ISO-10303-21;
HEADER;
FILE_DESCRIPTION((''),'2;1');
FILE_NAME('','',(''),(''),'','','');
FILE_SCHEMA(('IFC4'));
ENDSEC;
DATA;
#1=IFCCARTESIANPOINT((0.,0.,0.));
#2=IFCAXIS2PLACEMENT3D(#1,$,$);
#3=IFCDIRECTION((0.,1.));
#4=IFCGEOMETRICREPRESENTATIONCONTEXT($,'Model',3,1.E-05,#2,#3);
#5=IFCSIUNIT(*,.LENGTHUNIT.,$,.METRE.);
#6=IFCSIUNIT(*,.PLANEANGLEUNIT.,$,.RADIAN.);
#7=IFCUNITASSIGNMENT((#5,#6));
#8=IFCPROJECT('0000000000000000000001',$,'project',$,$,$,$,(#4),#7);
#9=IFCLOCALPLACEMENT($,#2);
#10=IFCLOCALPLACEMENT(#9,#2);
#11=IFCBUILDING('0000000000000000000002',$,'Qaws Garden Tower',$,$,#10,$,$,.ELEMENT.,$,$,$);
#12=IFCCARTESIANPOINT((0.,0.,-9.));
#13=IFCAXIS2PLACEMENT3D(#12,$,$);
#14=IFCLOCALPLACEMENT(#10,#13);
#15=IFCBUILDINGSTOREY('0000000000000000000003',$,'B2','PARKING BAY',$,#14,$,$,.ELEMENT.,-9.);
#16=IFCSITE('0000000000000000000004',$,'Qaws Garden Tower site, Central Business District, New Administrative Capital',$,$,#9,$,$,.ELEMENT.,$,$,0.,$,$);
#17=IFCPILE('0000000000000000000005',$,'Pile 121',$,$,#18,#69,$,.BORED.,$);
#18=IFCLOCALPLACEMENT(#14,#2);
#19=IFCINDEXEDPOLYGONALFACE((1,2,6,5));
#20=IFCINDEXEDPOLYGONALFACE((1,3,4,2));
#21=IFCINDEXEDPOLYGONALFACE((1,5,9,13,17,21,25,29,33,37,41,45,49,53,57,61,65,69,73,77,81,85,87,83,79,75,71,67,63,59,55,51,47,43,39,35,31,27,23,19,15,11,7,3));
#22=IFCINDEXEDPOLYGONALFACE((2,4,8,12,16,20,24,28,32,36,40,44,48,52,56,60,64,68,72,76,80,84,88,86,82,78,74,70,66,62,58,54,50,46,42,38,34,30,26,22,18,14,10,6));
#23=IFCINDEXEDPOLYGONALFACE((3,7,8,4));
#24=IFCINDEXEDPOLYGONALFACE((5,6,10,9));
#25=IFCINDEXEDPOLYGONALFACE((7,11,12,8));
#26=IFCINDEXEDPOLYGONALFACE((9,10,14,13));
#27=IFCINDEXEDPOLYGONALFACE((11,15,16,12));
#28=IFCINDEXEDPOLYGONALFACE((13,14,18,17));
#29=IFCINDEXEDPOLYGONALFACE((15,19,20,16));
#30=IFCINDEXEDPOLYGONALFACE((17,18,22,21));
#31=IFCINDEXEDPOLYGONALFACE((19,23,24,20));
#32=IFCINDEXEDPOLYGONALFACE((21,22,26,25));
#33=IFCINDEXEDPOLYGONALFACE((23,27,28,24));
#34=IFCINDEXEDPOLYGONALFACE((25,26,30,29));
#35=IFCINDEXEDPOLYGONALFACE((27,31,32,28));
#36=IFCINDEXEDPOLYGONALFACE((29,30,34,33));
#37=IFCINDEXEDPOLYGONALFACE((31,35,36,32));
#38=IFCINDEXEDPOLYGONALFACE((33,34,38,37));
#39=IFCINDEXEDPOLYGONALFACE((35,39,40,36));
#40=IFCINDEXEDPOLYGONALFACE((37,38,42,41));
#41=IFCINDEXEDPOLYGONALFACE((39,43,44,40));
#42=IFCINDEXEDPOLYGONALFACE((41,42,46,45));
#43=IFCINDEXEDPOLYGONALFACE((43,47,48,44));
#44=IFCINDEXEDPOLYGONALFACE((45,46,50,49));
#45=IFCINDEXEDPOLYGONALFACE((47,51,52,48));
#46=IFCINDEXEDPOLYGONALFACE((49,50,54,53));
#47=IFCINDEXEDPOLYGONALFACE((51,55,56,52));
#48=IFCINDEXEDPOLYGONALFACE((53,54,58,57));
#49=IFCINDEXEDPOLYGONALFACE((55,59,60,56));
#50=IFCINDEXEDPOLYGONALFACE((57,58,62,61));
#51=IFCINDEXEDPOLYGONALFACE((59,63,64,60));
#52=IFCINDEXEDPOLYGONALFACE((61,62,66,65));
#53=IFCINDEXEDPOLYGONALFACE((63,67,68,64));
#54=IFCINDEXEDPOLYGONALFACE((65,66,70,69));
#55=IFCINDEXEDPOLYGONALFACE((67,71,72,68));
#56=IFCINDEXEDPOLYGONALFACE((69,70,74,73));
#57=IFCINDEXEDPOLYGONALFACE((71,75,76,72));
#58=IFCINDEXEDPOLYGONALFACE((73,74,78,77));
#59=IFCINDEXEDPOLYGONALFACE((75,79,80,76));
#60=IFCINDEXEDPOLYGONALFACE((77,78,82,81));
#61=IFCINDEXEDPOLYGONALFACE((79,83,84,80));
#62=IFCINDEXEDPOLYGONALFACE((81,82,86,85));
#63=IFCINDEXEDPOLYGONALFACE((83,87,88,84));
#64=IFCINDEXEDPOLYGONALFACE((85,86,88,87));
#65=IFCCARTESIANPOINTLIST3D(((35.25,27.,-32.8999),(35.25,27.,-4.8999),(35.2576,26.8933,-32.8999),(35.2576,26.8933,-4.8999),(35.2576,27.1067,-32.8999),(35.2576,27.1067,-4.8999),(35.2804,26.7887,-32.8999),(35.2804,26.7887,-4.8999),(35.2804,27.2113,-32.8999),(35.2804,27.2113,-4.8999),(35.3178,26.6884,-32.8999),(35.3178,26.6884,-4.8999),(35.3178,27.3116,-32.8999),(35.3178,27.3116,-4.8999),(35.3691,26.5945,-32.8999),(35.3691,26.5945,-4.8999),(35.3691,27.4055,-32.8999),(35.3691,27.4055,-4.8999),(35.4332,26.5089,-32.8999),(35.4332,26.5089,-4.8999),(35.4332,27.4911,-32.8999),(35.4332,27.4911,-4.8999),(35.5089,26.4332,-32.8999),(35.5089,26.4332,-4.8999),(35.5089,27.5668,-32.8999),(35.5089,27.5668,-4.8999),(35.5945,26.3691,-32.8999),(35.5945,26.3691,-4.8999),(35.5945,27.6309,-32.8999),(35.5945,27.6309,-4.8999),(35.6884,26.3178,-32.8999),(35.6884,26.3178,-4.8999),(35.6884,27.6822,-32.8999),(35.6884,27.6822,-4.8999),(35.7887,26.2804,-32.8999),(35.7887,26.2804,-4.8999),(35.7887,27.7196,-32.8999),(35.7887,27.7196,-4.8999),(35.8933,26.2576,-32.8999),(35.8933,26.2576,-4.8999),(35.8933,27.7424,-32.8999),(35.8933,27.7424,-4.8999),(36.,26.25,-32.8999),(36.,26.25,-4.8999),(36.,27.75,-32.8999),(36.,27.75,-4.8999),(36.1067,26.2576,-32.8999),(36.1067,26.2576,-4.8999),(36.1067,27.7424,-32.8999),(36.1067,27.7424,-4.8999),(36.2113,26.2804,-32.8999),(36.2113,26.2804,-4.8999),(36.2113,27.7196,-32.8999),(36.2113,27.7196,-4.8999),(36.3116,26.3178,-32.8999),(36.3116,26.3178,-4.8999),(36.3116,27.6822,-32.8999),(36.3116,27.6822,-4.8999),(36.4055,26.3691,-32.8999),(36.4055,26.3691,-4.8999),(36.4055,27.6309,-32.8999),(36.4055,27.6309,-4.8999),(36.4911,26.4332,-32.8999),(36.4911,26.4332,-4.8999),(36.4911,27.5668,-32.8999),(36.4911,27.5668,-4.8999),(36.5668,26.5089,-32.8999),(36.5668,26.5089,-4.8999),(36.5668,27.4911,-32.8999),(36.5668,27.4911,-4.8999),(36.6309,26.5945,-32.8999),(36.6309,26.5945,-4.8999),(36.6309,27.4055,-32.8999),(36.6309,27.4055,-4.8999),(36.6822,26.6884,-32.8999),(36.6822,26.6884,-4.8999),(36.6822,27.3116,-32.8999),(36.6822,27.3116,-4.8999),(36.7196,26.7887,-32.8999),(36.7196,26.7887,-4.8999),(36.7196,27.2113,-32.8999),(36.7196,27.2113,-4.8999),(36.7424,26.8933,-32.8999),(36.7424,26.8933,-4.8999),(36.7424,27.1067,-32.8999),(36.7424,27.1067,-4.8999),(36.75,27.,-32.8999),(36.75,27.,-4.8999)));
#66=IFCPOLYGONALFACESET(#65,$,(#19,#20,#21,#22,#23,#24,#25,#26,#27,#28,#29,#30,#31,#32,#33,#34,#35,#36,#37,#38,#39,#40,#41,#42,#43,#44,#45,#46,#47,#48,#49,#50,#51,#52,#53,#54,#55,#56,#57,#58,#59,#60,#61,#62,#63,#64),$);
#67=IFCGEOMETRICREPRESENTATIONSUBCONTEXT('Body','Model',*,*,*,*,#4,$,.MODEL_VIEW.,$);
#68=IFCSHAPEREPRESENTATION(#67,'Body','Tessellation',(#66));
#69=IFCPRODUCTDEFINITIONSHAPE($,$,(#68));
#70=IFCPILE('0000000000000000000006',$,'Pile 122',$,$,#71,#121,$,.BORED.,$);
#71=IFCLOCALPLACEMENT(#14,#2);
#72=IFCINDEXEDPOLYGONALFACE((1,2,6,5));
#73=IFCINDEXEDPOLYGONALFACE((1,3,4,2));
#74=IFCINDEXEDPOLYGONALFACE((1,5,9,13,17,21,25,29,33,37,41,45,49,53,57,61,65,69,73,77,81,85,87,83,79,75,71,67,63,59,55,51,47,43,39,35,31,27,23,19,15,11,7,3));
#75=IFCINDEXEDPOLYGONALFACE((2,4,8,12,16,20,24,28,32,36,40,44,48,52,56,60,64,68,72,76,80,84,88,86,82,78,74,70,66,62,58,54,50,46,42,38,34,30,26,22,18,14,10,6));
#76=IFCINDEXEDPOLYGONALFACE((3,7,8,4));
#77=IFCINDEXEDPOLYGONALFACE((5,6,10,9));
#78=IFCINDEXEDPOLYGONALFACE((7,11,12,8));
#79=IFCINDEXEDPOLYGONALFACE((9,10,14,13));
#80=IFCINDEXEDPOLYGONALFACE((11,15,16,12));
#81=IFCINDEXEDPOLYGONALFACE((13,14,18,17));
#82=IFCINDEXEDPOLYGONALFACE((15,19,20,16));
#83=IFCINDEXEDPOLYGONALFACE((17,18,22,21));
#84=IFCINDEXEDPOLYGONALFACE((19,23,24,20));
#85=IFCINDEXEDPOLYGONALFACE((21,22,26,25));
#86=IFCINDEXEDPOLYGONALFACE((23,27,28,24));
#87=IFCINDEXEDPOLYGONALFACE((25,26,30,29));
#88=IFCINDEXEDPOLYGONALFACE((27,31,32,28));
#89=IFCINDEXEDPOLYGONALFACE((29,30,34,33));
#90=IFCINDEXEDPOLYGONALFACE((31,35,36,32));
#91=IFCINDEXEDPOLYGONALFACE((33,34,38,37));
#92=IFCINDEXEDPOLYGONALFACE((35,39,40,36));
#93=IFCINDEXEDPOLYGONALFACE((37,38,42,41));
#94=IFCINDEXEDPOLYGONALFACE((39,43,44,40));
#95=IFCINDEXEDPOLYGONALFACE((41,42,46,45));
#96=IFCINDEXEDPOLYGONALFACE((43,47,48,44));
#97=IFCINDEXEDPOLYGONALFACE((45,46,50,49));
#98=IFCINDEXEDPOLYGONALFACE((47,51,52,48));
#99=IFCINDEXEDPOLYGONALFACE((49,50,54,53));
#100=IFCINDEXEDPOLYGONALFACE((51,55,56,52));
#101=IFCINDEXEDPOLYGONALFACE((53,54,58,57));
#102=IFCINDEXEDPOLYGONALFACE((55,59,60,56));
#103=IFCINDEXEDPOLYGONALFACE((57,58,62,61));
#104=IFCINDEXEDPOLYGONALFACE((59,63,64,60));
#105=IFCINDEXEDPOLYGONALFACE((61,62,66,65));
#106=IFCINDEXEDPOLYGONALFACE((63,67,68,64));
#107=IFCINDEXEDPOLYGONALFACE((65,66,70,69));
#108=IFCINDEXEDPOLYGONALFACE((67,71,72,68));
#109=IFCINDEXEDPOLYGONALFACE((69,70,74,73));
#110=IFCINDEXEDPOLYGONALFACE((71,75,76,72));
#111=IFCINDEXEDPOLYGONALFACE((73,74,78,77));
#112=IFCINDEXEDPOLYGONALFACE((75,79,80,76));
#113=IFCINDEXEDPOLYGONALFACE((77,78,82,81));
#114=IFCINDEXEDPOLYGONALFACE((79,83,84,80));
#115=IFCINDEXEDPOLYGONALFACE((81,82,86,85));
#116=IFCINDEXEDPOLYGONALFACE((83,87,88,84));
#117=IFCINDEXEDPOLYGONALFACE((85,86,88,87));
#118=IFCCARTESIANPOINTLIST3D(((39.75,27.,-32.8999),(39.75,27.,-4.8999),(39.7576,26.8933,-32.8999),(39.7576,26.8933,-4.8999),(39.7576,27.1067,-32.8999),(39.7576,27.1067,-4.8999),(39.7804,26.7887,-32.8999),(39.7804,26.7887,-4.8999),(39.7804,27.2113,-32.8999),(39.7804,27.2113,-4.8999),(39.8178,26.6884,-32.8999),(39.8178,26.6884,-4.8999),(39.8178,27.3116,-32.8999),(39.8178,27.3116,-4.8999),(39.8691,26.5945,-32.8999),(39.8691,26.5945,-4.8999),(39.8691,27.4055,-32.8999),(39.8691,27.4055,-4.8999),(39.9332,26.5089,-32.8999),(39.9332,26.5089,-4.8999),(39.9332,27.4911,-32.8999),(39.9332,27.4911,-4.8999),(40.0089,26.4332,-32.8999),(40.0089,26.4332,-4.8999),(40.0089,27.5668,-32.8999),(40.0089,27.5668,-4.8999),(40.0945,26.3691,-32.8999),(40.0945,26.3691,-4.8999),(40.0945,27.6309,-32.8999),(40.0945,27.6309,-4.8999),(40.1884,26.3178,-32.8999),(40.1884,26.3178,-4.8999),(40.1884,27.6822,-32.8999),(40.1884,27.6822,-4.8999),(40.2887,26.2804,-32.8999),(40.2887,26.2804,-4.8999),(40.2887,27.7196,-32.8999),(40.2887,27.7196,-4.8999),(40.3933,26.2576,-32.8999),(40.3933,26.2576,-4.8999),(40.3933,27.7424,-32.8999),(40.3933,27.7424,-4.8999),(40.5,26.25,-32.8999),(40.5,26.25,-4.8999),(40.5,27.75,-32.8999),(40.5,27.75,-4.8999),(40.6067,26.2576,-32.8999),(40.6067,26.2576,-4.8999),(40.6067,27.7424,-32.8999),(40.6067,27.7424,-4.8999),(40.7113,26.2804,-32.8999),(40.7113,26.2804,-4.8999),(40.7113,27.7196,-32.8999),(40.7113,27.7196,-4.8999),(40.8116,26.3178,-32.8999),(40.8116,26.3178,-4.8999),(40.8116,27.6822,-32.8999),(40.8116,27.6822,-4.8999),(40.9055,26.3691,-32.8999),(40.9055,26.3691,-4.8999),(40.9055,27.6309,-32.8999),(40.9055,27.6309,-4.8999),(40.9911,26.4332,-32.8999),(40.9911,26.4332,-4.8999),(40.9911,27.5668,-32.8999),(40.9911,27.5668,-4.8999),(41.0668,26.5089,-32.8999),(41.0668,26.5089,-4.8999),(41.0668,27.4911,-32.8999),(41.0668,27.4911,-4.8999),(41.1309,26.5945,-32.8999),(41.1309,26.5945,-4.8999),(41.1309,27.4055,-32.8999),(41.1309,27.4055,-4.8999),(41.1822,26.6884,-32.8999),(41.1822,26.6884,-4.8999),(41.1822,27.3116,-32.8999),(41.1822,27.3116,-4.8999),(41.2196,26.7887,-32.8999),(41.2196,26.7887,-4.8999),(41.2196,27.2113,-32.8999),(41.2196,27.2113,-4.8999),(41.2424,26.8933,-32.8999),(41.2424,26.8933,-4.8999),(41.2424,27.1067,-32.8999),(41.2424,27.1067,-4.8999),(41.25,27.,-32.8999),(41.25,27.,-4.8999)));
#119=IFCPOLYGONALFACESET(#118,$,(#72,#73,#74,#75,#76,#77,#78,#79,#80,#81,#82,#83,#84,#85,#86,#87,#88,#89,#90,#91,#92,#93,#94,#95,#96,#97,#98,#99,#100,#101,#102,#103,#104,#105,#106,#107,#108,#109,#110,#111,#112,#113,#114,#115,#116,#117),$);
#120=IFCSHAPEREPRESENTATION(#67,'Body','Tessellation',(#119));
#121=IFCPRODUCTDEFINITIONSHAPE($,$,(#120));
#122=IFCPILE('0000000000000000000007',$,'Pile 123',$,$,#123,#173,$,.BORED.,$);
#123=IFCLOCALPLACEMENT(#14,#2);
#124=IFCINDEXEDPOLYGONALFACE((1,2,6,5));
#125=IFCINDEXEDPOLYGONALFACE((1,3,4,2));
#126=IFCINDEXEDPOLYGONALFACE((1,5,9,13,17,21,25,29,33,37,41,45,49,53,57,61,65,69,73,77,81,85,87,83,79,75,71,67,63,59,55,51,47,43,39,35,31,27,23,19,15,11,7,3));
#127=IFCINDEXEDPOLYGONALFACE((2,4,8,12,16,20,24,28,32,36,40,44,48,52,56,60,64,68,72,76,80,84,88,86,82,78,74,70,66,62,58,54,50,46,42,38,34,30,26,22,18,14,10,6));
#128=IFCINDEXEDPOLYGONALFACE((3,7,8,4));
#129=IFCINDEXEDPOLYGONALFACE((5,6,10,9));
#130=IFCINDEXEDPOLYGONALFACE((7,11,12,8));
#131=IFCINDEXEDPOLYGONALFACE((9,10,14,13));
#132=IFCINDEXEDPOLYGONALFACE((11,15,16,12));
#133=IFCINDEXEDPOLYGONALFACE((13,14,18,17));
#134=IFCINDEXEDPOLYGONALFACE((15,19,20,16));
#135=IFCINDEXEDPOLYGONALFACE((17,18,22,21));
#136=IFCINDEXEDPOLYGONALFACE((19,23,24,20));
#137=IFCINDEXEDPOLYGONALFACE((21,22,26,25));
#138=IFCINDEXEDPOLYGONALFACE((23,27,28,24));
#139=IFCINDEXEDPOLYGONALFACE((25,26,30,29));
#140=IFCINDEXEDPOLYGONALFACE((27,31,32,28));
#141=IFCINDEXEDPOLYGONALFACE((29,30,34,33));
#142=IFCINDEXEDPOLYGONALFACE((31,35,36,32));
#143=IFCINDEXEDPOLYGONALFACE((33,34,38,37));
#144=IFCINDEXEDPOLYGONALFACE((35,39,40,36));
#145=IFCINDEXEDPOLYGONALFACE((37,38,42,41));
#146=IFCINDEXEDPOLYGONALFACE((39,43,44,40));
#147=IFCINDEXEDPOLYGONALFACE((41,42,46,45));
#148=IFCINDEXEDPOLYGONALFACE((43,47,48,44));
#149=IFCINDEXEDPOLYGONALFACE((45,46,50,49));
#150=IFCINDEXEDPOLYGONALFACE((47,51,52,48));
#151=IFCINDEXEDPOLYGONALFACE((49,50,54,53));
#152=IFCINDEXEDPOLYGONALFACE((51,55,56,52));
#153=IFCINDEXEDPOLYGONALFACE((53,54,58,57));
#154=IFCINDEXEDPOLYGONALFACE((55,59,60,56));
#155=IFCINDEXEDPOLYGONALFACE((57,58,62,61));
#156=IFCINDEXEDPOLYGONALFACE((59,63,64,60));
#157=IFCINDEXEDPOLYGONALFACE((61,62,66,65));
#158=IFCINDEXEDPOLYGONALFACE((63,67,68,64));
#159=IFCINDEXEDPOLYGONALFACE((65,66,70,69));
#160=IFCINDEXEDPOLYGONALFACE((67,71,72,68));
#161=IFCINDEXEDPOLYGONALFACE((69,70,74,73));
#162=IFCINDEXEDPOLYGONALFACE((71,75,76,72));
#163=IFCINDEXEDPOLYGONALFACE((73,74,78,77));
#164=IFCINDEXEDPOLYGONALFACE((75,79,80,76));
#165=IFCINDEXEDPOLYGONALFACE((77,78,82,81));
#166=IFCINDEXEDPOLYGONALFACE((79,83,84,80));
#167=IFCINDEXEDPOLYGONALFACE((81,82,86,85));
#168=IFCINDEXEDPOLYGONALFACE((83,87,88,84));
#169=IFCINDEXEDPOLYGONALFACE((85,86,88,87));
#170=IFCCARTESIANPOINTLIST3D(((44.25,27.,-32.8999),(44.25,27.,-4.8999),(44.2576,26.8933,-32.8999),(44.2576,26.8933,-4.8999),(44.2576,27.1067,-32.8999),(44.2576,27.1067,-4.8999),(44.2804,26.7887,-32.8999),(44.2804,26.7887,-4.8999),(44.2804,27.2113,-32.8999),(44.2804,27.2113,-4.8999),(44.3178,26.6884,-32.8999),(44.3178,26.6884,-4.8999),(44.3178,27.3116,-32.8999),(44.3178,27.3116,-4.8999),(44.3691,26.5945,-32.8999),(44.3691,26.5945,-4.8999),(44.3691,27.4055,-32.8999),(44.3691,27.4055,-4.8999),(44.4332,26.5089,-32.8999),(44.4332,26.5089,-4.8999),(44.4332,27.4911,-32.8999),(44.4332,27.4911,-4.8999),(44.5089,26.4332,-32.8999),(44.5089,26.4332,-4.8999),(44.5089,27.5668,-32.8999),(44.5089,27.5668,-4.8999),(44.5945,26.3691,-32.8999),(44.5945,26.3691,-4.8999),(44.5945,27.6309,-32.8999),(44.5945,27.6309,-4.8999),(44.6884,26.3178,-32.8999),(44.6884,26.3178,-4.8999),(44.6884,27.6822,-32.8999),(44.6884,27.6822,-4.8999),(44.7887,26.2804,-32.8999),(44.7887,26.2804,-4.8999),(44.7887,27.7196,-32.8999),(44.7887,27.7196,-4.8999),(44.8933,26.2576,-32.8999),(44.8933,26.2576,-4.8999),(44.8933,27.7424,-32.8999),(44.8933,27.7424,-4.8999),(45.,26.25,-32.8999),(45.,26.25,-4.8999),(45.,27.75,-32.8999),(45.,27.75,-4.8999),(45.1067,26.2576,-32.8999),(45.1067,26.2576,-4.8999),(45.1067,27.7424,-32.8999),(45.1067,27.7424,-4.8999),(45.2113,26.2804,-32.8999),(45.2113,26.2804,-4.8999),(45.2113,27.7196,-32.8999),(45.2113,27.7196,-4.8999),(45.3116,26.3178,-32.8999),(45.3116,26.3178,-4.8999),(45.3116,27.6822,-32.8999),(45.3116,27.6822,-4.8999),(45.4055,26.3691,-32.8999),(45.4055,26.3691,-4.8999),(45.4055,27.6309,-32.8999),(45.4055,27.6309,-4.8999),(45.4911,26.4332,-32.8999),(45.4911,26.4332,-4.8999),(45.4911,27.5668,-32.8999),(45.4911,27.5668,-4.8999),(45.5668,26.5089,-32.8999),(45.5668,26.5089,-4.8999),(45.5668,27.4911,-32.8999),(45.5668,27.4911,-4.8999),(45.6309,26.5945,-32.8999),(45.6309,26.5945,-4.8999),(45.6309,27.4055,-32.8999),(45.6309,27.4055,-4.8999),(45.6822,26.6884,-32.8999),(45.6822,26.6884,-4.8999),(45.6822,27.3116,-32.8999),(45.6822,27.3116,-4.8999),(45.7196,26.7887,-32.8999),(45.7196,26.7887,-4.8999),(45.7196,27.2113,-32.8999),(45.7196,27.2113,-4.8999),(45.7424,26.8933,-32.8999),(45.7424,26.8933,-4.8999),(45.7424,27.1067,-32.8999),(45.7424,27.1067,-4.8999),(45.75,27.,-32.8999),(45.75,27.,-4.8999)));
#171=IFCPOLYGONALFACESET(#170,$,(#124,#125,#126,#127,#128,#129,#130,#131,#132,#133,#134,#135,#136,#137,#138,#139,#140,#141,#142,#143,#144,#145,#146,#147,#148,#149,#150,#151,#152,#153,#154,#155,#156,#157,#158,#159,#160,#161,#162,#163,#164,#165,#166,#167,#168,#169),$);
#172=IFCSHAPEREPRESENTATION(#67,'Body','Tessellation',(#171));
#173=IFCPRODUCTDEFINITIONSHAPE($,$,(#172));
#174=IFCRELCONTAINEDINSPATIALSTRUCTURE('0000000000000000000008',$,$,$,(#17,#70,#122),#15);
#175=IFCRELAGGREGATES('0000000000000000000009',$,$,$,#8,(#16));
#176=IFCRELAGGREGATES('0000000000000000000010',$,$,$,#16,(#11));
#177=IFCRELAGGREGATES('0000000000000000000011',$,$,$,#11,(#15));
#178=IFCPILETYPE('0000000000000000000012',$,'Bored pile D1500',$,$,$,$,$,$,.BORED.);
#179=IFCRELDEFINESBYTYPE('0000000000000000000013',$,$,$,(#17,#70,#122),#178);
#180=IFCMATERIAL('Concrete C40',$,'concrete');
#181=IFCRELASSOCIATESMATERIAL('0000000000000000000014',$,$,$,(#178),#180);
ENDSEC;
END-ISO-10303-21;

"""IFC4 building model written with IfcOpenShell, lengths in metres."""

from ifc_helpers import new_model, si_unit, direction, frame, origin, origin_2d, place, context, subcontext, project, spatial, circle, extrude, material, material_profile, profile_set, type_object, element, save


model = new_model("IFC4")

# Units and contexts
model_context = context("Model", 3, precision=1e-05, world=origin(), true_north=direction((0.0, 1.0)))
body_context = subcontext(model_context, "Body", "Model", "MODEL_VIEW")
ifc_project = project(units=[si_unit("LENGTHUNIT", "METRE"), si_unit("PLANEANGLEUNIT", "RADIAN")], contexts=[model_context])

# Site, building, storey
site_placement = place(None, origin())
site = spatial("IfcSite", under=ifc_project, at=site_placement, Name="Qaws Garden Tower site, Central Business District, New Administrative Capital", CompositionType="ELEMENT", RefElevation=0.0)
building_placement = place(site_placement, origin())
building = spatial("IfcBuilding", under=site, at=building_placement, Name="Qaws Garden Tower", CompositionType="ELEMENT")
storey_placement = place(building_placement, frame((0.0, 0.0, -9.0)))
storey = spatial("IfcBuildingStorey", under=building, at=storey_placement, Name="B2", Description="PARKING BAY", CompositionType="ELEMENT", Elevation=-9.0)

# Piles
ifc_material_1 = material(Name="Concrete C40", Category="concrete")
ifc_material_profile_1 = material_profile(ifc_material_1, circle(Radius=0.75, at=origin_2d()), Name="Bored pile D1500")
ifc_profile_set_1 = profile_set([ifc_material_profile_1], Name="Concrete C40")
pile_type = type_object("IfcPileType", Name="Bored pile D1500", PredefinedType="BORED", material=ifc_profile_set_1)
for number, where, z_axis, x_axis, name in (
    (1, (36.0, 27.0, -4.8999), (0.0, 0.0, -1.0), (1.0, 0.0, 0.0), "Pile 121"),
    (2, (40.5, 27.0, -4.8999), (0.0, 0.0, -1.0), (1.0, 0.0, 0.0), "Pile 122"),
    (3, (45.0, 27.0, -4.8999), (0.0, 0.0, -1.0), (1.0, 0.0, 0.0), "Pile 123"),
):
    element("IfcPile", number, at=place(storey_placement, frame(where, z_axis=z_axis, x_axis=x_axis)), inside=storey, type_object=pile_type, Name=name, PredefinedType="BORED", context=body_context, shape_type="SweptSolid", body=[
        extrude(circle(Radius=0.75, at=origin_2d()), origin(), (0.0, 0.0, 1.0), 28.0),
    ])

save(model, "model.ifc")
